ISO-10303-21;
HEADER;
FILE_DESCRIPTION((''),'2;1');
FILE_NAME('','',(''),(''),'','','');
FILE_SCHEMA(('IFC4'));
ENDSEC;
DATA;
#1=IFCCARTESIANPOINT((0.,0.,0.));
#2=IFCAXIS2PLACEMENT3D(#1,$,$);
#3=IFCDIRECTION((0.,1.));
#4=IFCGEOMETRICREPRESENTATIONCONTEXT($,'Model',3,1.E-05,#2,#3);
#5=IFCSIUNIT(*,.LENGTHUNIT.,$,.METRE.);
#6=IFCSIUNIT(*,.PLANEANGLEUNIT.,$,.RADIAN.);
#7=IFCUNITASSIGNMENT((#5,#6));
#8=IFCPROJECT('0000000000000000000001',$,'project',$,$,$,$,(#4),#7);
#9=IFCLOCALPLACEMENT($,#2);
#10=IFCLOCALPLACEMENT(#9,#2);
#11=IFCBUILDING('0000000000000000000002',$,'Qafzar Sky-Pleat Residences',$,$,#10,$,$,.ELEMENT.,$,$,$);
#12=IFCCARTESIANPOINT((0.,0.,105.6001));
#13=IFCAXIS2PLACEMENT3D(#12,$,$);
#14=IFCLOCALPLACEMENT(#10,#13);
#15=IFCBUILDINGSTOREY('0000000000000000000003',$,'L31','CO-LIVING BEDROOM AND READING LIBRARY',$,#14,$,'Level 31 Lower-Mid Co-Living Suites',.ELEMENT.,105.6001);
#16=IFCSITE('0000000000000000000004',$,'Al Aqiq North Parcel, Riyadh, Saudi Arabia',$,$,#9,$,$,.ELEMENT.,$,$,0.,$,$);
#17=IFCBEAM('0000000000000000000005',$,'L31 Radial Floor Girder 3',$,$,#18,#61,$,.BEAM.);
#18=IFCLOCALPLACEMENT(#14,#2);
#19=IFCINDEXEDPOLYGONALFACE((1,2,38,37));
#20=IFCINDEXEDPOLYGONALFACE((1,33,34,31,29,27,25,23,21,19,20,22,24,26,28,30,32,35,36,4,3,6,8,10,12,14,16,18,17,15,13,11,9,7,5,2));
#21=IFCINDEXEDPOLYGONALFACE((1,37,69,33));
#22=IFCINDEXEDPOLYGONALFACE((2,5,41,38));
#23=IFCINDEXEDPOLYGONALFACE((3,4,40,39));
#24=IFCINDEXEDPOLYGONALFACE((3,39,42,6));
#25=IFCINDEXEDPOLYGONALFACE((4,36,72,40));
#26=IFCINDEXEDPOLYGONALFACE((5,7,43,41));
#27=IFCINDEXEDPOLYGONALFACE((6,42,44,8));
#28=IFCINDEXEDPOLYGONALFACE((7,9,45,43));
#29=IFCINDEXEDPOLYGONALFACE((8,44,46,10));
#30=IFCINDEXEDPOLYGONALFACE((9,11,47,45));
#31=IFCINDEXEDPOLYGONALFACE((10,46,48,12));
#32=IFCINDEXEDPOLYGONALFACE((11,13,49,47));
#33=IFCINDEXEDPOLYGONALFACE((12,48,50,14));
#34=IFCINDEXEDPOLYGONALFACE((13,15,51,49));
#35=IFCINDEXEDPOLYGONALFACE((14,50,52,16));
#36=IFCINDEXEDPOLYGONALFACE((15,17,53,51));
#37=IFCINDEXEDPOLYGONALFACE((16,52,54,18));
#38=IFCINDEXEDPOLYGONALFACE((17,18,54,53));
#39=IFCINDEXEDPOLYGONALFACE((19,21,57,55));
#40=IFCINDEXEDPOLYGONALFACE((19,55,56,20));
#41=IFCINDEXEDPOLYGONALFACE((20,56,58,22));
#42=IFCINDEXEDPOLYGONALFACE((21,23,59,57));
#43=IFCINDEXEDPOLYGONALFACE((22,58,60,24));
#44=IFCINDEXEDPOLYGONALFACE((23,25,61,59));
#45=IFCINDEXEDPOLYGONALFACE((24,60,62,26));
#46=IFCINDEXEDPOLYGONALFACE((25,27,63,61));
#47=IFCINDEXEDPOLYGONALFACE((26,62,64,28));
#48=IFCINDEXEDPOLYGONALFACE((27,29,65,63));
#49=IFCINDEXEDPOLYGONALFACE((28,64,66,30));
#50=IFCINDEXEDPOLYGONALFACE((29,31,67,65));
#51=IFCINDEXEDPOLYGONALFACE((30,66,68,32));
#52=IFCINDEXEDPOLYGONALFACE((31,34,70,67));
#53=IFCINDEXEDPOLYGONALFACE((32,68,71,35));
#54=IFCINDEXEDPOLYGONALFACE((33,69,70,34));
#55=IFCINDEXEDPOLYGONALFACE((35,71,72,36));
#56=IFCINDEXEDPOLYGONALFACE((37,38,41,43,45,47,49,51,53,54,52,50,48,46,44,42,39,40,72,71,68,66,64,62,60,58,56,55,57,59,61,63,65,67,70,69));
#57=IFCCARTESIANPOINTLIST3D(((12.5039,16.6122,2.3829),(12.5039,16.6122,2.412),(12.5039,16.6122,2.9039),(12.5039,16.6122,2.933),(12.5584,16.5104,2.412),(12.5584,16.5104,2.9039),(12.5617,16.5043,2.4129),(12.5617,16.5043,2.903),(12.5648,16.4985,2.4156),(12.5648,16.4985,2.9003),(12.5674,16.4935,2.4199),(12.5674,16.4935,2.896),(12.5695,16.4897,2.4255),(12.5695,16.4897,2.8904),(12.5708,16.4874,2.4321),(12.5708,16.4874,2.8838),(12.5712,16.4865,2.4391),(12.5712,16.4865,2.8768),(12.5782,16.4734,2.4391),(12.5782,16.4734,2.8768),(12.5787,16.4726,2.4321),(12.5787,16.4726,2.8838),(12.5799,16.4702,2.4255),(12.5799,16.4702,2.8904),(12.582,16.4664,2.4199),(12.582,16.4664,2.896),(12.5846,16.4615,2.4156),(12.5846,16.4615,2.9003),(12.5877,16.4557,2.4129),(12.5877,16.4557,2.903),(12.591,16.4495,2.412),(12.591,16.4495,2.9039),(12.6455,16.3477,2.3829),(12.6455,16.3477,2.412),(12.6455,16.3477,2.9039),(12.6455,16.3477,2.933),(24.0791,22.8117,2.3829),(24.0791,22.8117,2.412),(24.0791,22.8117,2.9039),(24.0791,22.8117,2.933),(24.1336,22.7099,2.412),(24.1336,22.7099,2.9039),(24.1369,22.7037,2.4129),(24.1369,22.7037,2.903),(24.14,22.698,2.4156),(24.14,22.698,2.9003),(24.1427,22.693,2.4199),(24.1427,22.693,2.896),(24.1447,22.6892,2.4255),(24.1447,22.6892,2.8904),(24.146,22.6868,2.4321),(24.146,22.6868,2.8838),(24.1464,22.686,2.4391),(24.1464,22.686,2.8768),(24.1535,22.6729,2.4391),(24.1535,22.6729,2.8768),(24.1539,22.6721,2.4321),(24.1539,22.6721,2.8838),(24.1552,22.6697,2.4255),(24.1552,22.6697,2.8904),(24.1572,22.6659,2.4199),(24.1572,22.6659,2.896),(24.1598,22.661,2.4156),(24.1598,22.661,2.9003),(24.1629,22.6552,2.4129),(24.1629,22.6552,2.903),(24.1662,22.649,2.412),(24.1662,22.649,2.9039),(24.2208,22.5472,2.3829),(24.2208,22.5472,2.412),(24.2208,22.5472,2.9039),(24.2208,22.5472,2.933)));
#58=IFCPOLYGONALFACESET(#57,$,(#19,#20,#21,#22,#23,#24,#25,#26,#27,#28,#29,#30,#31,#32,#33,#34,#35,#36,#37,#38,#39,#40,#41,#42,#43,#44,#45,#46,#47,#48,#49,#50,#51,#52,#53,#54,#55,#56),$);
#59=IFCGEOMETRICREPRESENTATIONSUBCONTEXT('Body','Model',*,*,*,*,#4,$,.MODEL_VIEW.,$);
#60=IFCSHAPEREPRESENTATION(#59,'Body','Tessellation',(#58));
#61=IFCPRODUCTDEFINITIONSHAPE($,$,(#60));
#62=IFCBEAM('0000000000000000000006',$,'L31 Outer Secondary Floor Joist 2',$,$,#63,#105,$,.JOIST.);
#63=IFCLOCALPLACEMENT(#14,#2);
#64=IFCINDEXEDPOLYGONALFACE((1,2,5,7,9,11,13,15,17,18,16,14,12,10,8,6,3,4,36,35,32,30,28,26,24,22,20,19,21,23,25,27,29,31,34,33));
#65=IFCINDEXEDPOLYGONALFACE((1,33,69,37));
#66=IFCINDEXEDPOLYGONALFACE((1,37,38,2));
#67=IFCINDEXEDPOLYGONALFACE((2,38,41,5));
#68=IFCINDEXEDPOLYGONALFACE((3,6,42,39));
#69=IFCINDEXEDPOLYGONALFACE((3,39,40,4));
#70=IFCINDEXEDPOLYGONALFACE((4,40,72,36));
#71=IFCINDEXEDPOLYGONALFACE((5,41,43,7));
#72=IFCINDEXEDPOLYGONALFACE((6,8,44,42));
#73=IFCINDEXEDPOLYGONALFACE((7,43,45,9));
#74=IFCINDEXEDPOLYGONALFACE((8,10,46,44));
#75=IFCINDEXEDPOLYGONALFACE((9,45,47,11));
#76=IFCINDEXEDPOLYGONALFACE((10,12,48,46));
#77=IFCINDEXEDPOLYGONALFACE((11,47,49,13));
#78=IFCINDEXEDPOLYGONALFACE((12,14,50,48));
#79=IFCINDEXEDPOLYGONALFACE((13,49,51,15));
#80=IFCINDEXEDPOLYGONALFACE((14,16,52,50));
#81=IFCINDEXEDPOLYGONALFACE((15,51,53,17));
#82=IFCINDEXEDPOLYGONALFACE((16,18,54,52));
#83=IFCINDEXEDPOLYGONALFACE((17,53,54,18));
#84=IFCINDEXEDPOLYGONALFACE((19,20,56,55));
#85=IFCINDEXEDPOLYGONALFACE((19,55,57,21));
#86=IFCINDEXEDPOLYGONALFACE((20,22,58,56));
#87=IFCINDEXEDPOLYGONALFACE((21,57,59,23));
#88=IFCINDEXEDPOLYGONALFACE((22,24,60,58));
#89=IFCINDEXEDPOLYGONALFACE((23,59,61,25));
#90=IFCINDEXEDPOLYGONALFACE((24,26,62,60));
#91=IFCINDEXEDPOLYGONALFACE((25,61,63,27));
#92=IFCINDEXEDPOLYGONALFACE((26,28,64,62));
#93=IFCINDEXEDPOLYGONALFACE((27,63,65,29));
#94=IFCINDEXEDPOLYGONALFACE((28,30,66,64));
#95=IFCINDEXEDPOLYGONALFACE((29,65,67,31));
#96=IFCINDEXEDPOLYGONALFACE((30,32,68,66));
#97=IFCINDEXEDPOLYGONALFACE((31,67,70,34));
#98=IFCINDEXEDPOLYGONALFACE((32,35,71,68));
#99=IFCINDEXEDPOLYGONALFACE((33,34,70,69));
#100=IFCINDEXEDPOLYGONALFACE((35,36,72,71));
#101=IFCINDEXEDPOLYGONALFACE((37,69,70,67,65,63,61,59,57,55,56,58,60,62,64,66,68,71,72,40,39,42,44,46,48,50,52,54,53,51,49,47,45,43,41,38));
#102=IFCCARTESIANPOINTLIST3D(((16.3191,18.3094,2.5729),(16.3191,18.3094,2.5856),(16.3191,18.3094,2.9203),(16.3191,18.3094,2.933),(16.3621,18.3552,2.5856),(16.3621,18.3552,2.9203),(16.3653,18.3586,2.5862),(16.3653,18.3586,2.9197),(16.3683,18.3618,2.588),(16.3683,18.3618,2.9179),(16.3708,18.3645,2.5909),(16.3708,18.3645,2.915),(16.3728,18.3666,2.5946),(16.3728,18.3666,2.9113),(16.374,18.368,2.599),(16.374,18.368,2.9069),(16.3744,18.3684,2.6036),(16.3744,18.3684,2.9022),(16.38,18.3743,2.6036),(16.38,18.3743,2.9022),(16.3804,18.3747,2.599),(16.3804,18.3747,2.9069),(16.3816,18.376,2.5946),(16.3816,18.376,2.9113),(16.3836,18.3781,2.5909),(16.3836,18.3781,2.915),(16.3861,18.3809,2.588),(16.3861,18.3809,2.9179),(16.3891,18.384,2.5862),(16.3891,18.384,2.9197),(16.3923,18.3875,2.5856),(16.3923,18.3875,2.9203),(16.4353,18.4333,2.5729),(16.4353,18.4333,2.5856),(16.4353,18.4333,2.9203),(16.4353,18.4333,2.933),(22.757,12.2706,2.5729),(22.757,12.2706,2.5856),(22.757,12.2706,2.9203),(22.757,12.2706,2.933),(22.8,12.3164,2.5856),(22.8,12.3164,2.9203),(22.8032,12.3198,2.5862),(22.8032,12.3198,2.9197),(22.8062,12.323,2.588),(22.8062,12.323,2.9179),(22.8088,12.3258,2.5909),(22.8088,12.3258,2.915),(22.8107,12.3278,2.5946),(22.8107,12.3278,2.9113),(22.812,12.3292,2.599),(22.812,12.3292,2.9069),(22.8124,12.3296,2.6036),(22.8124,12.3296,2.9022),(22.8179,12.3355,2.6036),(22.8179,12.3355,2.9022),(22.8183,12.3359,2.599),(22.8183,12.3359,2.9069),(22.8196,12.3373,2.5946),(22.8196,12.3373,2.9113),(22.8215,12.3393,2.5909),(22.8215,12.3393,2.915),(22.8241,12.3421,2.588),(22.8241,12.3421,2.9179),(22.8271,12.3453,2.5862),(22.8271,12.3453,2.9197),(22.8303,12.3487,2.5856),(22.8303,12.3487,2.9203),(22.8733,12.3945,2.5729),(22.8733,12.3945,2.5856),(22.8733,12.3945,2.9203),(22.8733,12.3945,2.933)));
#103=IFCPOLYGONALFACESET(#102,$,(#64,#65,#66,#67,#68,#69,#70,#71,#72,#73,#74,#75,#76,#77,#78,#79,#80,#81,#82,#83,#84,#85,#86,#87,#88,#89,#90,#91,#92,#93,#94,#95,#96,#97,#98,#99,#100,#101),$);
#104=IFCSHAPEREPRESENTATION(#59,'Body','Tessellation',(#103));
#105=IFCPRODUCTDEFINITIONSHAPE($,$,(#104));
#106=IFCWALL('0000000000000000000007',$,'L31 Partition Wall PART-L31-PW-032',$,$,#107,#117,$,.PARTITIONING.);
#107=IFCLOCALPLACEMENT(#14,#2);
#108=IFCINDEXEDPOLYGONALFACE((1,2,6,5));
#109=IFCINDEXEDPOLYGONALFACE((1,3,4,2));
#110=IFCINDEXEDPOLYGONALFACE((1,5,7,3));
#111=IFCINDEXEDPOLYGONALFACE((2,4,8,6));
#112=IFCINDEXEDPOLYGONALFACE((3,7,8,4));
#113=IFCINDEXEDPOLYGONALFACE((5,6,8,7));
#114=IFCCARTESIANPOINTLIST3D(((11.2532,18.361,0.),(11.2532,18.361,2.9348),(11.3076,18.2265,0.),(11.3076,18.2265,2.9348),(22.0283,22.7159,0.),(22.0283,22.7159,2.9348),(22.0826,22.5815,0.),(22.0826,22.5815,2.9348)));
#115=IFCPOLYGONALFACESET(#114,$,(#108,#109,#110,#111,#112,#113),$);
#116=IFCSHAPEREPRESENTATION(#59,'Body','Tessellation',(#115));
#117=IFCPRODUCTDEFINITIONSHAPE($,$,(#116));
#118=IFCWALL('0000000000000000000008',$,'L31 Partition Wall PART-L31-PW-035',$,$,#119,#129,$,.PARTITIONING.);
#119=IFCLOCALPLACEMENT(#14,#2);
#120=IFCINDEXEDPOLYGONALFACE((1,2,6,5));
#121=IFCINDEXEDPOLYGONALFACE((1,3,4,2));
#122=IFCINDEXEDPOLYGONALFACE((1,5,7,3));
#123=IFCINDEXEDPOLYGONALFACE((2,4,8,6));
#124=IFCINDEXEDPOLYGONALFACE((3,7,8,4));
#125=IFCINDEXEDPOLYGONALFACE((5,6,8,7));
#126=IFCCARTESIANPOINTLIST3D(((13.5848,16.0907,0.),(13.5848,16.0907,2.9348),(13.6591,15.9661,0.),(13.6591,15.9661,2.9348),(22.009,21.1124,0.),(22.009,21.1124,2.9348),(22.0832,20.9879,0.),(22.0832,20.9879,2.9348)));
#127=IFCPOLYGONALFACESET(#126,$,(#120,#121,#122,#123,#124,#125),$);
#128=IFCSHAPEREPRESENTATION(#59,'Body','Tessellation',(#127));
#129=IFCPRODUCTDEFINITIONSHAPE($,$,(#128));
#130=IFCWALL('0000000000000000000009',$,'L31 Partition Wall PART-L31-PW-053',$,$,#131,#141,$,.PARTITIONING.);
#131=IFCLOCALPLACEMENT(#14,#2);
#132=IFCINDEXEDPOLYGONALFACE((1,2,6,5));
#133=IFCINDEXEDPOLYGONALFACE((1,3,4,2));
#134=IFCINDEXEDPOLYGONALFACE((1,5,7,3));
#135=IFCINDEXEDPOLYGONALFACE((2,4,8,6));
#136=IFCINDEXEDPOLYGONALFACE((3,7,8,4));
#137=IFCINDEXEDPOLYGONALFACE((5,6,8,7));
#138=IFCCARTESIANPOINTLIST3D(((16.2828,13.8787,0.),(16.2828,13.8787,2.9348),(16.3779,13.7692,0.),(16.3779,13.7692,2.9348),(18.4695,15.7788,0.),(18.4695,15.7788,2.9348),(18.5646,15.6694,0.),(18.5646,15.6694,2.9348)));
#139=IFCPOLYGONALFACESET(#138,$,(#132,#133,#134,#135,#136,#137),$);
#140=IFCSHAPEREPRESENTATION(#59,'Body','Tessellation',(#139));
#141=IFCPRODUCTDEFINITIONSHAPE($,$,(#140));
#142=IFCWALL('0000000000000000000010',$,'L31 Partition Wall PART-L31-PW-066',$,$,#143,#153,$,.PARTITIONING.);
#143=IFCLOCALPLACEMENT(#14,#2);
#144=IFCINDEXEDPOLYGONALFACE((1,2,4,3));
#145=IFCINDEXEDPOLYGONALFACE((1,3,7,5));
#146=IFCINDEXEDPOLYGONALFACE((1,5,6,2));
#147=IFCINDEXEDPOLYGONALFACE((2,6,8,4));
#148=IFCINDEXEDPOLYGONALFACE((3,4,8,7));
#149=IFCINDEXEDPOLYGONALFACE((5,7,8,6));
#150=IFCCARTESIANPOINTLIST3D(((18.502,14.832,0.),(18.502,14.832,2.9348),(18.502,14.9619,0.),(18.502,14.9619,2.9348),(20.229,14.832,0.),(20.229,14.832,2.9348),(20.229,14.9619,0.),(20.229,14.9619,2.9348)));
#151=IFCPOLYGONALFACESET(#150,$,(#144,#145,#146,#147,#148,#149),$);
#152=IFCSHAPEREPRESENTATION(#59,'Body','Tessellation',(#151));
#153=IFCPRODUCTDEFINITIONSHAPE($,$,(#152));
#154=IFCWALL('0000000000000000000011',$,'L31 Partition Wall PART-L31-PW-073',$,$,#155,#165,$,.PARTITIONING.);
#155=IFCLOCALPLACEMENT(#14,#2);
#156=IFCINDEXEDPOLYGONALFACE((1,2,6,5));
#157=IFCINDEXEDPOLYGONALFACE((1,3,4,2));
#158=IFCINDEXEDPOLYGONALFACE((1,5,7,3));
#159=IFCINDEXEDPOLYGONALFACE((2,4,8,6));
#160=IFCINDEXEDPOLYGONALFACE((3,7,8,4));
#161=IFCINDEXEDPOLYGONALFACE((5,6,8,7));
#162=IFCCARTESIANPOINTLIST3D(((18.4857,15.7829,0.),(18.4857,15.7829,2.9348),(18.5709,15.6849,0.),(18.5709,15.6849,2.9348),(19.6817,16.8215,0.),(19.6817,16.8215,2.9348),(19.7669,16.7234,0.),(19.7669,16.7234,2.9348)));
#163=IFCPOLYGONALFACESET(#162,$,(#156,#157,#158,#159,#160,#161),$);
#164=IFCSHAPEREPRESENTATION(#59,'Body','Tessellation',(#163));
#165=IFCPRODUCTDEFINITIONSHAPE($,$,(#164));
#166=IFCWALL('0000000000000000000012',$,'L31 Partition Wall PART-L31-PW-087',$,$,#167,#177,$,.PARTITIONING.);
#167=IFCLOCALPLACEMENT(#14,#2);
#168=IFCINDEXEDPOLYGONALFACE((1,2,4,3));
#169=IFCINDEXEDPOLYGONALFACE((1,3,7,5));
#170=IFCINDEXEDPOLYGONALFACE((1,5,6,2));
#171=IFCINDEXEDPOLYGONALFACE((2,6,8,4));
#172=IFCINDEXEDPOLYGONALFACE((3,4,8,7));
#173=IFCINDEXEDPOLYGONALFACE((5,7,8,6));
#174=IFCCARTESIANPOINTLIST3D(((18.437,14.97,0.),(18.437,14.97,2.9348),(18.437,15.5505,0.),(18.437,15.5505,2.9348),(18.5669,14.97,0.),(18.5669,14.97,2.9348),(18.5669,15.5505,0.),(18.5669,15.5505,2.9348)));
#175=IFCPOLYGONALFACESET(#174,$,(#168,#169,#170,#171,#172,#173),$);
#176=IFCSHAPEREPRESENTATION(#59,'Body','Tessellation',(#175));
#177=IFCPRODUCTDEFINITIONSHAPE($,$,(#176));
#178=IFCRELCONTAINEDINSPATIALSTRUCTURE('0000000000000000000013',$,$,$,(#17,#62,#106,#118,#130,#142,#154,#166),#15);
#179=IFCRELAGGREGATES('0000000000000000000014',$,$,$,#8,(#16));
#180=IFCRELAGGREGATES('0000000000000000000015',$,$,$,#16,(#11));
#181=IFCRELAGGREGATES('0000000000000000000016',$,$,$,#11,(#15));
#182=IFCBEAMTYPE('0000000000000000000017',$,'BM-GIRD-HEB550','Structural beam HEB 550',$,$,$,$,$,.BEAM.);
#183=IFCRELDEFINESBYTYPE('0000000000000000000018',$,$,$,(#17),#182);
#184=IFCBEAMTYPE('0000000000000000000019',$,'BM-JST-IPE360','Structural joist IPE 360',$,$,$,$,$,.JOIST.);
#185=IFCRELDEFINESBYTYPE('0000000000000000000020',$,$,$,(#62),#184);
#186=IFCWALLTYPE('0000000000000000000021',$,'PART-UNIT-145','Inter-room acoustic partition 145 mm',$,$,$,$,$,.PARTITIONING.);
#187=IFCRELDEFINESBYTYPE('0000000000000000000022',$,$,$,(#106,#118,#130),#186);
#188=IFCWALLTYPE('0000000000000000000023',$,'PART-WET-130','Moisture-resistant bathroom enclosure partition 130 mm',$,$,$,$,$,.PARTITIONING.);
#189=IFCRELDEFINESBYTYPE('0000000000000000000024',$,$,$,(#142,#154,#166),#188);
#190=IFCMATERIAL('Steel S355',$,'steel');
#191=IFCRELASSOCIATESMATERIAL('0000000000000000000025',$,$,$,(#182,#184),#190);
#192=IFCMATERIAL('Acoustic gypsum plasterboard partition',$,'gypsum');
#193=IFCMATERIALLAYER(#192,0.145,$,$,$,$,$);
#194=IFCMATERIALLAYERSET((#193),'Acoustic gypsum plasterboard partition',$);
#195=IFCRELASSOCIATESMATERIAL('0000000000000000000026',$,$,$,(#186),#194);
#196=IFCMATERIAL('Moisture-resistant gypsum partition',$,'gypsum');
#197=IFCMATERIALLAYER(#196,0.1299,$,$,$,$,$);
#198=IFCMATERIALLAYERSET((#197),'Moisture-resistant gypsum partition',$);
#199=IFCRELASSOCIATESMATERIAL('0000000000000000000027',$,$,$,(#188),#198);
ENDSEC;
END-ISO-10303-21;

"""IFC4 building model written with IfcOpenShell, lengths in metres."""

from ifc_helpers import new_model, si_unit, direction, frame, frame_2d, origin, origin_2d, place, context, subcontext, project, spatial, rectangle, i_section, extrude, source, transform, mapped, material, layer, layer_set, material_profile, profile_set, type_object, element, save


model = new_model("IFC4")

# Units and contexts
model_context = context("Model", 3, precision=1e-05, world=origin(), true_north=direction((0.0, 1.0)))
body_context = subcontext(model_context, "Body", "Model", "MODEL_VIEW")
ifc_project = project(units=[si_unit("LENGTHUNIT", "METRE"), si_unit("PLANEANGLEUNIT", "RADIAN")], contexts=[model_context])

# Site, building, storey
site_placement = place(None, origin())
site = spatial("IfcSite", under=ifc_project, at=site_placement, Name="Al Aqiq North Parcel, Riyadh, Saudi Arabia", CompositionType="ELEMENT", RefElevation=0.0)
building_placement = place(site_placement, origin())
building = spatial("IfcBuilding", under=site, at=building_placement, Name="Qafzar Sky-Pleat Residences", CompositionType="ELEMENT")
storey_placement = place(building_placement, frame((0.0, 0.0, 105.6001)))
storey = spatial("IfcBuildingStorey", under=building, at=storey_placement, Name="L31", Description="CO-LIVING BEDROOM AND READING LIBRARY", LongName="Level 31 Lower-Mid Co-Living Suites", CompositionType="ELEMENT", Elevation=105.6001)

# Beams
ifc_material_1 = material(Name="Steel S355", Category="steel")
ifc_material_profile_1 = material_profile(ifc_material_1, i_section(OverallWidth=0.3, OverallDepth=0.55, WebThickness=0.0149, FlangeThickness=0.0291, FilletRadius=0.0271, at=origin_2d()), Name="HEB 550")
ifc_profile_set_1 = profile_set([ifc_material_profile_1], Name="Steel S355")
beam_type_1 = type_object("IfcBeamType", Name="BM-GIRD-HEB550", Description="Structural beam HEB 550", PredefinedType="BEAM", material=ifc_profile_set_1)
shared_shape_1 = source(origin(), body_context, "Body", "SweptSolid", [
    extrude(i_section(OverallWidth=0.3, OverallDepth=0.55, WebThickness=0.0149, FlangeThickness=0.0291, FilletRadius=0.0271, at=origin_2d()), origin(), (0.0, 0.0, 1.0), 13.1309),
])
beam_1_placement = place(storey_placement, frame((12.5747, 16.48, 2.658), z_axis=(0.881529, 0.472131, 0.0), x_axis=(-0.472131, 0.881529, 0.0)))
element("IfcBeam", 1, at=beam_1_placement, inside=storey, type_object=beam_type_1, Name="L31 Radial Floor Girder 3", PredefinedType="BEAM", context=body_context, shape_type="MappedRepresentation", body=[
    mapped(shared_shape_1, transform((0.0, 0.0, 0.0), x_axis=(1.0, 0.0, 0.0), y_axis=(0.0, 1.0, 0.0), z_axis=(0.0, 0.0, 1.0), scale=1.0)),
])
ifc_material_profile_2 = material_profile(ifc_material_1, i_section(OverallWidth=0.1699, OverallDepth=0.3601, WebThickness=0.0081, FlangeThickness=0.0127, FilletRadius=0.0181, at=origin_2d()), Name="IPE 360")
ifc_profile_set_2 = profile_set([ifc_material_profile_2], Name="Steel S355")
beam_type_2 = type_object("IfcBeamType", Name="BM-JST-IPE360", Description="Structural joist IPE 360", PredefinedType="JOIST", material=ifc_profile_set_2)
shared_shape_2 = source(origin(), body_context, "Body", "SweptSolid", [
    extrude(i_section(OverallWidth=0.1699, OverallDepth=0.3601, WebThickness=0.0081, FlangeThickness=0.0127, FilletRadius=0.0181, at=origin_2d()), origin(), (0.0, 0.0, 1.0), 8.8269),
])
beam_2_placement = place(storey_placement, frame((16.3772, 18.3713, 2.7529), z_axis=(0.729356, -0.684134, 0.0), x_axis=(0.684134, 0.729356, 0.0)))
element("IfcBeam", 2, at=beam_2_placement, inside=storey, type_object=beam_type_2, Name="L31 Outer Secondary Floor Joist 2", PredefinedType="JOIST", context=body_context, shape_type="MappedRepresentation", body=[
    mapped(shared_shape_2, transform((0.0, 0.0, 0.0), x_axis=(1.0, 0.0, 0.0), y_axis=(0.0, 1.0, 0.0), z_axis=(0.0, 0.0, 1.0), scale=1.0)),
])

# Walls
ifc_material_2 = material(Name="Acoustic gypsum plasterboard partition", Category="gypsum")
ifc_layer_1 = layer(ifc_material_2, 0.145)
ifc_layer_set_1 = layer_set([ifc_layer_1], Name="Acoustic gypsum plasterboard partition")
wall_type_1 = type_object("IfcWallType", Name="PART-UNIT-145", Description="Inter-room acoustic partition 145 mm", PredefinedType="PARTITIONING", material=ifc_layer_set_1)
wall_1_placement = place(storey_placement, frame((11.2803, 18.2937, 0.0), z_axis=(0.0, 0.0, 1.0), x_axis=(0.927138, 0.37472, 0.0)))
element("IfcWall", 3, at=wall_1_placement, inside=storey, type_object=wall_type_1, Name="L31 Partition Wall PART-L31-PW-032", PredefinedType="PARTITIONING", context=body_context, shape_type="SweptSolid", body=[
    extrude(rectangle(XDim=11.6218, YDim=0.145, at=frame_2d((5.811, 0.0))), origin(), (0.0, 0.0, 1.0), 2.9348),
])
wall_2_placement = place(storey_placement, frame((13.6218, 16.0283, 0.0), z_axis=(0.0, 0.0, 1.0), x_axis=(0.858961, 0.512041, 0.0)))
element("IfcWall", 4, at=wall_2_placement, inside=storey, type_object=wall_type_1, Name="L31 Partition Wall PART-L31-PW-035", PredefinedType="PARTITIONING", context=body_context, shape_type="SweptSolid", body=[
    extrude(rectangle(XDim=9.8074, YDim=0.145, at=frame_2d((4.9038, 0.0))), origin(), (0.0, 0.0, 1.0), 2.9348),
])
wall_3_placement = place(storey_placement, frame((16.3303, 13.824, 0.0), z_axis=(0.0, 0.0, 1.0), x_axis=(0.754843, 0.655905, 0.0)))
element("IfcWall", 5, at=wall_3_placement, inside=storey, type_object=wall_type_1, Name="L31 Partition Wall PART-L31-PW-053", PredefinedType="PARTITIONING", context=body_context, shape_type="SweptSolid", body=[
    extrude(rectangle(XDim=2.897, YDim=0.145, at=frame_2d((1.4485, 0.0))), origin(), (0.0, 0.0, 1.0), 2.9348),
])
ifc_material_3 = material(Name="Moisture-resistant gypsum partition", Category="gypsum")
ifc_layer_2 = layer(ifc_material_3, 0.1299)
ifc_layer_set_2 = layer_set([ifc_layer_2], Name="Moisture-resistant gypsum partition")
wall_type_2 = type_object("IfcWallType", Name="PART-WET-130", Description="Moisture-resistant bathroom enclosure partition 130 mm", PredefinedType="PARTITIONING", material=ifc_layer_set_2)
wall_4_placement = place(storey_placement, frame((18.502, 14.897, 0.0), z_axis=(0.0, 0.0, 1.0), x_axis=(1.0, 0.0, 0.0)))
element("IfcWall", 6, at=wall_4_placement, inside=storey, type_object=wall_type_2, Name="L31 Partition Wall PART-L31-PW-066", PredefinedType="PARTITIONING", context=body_context, shape_type="SweptSolid", body=[
    extrude(rectangle(XDim=1.7271, YDim=0.1299, at=frame_2d((0.8635, 0.0))), origin(), (0.0, 0.0, 1.0), 2.9348),
])
wall_5_placement = place(storey_placement, frame((18.5283, 15.7339, 0.0), z_axis=(0.0, 0.0, 1.0), x_axis=(0.755063, 0.655652, 0.0)))
element("IfcWall", 7, at=wall_5_placement, inside=storey, type_object=wall_type_2, Name="L31 Partition Wall PART-L31-PW-073", PredefinedType="PARTITIONING", context=body_context, shape_type="SweptSolid", body=[
    extrude(rectangle(XDim=1.584, YDim=0.1299, at=frame_2d((0.792, 0.0))), origin(), (0.0, 0.0, 1.0), 2.9348),
])
wall_6_placement = place(storey_placement, frame((18.502, 14.97, 0.0), z_axis=(0.0, 0.0, 1.0), x_axis=(0.0, 1.0, 0.0)))
element("IfcWall", 8, at=wall_6_placement, inside=storey, type_object=wall_type_2, Name="L31 Partition Wall PART-L31-PW-087", PredefinedType="PARTITIONING", context=body_context, shape_type="SweptSolid", body=[
    extrude(rectangle(XDim=0.5806, YDim=0.1299, at=frame_2d((0.2903, 0.0))), origin(), (0.0, 0.0, 1.0), 2.9348),
])

save(model, "model.ifc")
